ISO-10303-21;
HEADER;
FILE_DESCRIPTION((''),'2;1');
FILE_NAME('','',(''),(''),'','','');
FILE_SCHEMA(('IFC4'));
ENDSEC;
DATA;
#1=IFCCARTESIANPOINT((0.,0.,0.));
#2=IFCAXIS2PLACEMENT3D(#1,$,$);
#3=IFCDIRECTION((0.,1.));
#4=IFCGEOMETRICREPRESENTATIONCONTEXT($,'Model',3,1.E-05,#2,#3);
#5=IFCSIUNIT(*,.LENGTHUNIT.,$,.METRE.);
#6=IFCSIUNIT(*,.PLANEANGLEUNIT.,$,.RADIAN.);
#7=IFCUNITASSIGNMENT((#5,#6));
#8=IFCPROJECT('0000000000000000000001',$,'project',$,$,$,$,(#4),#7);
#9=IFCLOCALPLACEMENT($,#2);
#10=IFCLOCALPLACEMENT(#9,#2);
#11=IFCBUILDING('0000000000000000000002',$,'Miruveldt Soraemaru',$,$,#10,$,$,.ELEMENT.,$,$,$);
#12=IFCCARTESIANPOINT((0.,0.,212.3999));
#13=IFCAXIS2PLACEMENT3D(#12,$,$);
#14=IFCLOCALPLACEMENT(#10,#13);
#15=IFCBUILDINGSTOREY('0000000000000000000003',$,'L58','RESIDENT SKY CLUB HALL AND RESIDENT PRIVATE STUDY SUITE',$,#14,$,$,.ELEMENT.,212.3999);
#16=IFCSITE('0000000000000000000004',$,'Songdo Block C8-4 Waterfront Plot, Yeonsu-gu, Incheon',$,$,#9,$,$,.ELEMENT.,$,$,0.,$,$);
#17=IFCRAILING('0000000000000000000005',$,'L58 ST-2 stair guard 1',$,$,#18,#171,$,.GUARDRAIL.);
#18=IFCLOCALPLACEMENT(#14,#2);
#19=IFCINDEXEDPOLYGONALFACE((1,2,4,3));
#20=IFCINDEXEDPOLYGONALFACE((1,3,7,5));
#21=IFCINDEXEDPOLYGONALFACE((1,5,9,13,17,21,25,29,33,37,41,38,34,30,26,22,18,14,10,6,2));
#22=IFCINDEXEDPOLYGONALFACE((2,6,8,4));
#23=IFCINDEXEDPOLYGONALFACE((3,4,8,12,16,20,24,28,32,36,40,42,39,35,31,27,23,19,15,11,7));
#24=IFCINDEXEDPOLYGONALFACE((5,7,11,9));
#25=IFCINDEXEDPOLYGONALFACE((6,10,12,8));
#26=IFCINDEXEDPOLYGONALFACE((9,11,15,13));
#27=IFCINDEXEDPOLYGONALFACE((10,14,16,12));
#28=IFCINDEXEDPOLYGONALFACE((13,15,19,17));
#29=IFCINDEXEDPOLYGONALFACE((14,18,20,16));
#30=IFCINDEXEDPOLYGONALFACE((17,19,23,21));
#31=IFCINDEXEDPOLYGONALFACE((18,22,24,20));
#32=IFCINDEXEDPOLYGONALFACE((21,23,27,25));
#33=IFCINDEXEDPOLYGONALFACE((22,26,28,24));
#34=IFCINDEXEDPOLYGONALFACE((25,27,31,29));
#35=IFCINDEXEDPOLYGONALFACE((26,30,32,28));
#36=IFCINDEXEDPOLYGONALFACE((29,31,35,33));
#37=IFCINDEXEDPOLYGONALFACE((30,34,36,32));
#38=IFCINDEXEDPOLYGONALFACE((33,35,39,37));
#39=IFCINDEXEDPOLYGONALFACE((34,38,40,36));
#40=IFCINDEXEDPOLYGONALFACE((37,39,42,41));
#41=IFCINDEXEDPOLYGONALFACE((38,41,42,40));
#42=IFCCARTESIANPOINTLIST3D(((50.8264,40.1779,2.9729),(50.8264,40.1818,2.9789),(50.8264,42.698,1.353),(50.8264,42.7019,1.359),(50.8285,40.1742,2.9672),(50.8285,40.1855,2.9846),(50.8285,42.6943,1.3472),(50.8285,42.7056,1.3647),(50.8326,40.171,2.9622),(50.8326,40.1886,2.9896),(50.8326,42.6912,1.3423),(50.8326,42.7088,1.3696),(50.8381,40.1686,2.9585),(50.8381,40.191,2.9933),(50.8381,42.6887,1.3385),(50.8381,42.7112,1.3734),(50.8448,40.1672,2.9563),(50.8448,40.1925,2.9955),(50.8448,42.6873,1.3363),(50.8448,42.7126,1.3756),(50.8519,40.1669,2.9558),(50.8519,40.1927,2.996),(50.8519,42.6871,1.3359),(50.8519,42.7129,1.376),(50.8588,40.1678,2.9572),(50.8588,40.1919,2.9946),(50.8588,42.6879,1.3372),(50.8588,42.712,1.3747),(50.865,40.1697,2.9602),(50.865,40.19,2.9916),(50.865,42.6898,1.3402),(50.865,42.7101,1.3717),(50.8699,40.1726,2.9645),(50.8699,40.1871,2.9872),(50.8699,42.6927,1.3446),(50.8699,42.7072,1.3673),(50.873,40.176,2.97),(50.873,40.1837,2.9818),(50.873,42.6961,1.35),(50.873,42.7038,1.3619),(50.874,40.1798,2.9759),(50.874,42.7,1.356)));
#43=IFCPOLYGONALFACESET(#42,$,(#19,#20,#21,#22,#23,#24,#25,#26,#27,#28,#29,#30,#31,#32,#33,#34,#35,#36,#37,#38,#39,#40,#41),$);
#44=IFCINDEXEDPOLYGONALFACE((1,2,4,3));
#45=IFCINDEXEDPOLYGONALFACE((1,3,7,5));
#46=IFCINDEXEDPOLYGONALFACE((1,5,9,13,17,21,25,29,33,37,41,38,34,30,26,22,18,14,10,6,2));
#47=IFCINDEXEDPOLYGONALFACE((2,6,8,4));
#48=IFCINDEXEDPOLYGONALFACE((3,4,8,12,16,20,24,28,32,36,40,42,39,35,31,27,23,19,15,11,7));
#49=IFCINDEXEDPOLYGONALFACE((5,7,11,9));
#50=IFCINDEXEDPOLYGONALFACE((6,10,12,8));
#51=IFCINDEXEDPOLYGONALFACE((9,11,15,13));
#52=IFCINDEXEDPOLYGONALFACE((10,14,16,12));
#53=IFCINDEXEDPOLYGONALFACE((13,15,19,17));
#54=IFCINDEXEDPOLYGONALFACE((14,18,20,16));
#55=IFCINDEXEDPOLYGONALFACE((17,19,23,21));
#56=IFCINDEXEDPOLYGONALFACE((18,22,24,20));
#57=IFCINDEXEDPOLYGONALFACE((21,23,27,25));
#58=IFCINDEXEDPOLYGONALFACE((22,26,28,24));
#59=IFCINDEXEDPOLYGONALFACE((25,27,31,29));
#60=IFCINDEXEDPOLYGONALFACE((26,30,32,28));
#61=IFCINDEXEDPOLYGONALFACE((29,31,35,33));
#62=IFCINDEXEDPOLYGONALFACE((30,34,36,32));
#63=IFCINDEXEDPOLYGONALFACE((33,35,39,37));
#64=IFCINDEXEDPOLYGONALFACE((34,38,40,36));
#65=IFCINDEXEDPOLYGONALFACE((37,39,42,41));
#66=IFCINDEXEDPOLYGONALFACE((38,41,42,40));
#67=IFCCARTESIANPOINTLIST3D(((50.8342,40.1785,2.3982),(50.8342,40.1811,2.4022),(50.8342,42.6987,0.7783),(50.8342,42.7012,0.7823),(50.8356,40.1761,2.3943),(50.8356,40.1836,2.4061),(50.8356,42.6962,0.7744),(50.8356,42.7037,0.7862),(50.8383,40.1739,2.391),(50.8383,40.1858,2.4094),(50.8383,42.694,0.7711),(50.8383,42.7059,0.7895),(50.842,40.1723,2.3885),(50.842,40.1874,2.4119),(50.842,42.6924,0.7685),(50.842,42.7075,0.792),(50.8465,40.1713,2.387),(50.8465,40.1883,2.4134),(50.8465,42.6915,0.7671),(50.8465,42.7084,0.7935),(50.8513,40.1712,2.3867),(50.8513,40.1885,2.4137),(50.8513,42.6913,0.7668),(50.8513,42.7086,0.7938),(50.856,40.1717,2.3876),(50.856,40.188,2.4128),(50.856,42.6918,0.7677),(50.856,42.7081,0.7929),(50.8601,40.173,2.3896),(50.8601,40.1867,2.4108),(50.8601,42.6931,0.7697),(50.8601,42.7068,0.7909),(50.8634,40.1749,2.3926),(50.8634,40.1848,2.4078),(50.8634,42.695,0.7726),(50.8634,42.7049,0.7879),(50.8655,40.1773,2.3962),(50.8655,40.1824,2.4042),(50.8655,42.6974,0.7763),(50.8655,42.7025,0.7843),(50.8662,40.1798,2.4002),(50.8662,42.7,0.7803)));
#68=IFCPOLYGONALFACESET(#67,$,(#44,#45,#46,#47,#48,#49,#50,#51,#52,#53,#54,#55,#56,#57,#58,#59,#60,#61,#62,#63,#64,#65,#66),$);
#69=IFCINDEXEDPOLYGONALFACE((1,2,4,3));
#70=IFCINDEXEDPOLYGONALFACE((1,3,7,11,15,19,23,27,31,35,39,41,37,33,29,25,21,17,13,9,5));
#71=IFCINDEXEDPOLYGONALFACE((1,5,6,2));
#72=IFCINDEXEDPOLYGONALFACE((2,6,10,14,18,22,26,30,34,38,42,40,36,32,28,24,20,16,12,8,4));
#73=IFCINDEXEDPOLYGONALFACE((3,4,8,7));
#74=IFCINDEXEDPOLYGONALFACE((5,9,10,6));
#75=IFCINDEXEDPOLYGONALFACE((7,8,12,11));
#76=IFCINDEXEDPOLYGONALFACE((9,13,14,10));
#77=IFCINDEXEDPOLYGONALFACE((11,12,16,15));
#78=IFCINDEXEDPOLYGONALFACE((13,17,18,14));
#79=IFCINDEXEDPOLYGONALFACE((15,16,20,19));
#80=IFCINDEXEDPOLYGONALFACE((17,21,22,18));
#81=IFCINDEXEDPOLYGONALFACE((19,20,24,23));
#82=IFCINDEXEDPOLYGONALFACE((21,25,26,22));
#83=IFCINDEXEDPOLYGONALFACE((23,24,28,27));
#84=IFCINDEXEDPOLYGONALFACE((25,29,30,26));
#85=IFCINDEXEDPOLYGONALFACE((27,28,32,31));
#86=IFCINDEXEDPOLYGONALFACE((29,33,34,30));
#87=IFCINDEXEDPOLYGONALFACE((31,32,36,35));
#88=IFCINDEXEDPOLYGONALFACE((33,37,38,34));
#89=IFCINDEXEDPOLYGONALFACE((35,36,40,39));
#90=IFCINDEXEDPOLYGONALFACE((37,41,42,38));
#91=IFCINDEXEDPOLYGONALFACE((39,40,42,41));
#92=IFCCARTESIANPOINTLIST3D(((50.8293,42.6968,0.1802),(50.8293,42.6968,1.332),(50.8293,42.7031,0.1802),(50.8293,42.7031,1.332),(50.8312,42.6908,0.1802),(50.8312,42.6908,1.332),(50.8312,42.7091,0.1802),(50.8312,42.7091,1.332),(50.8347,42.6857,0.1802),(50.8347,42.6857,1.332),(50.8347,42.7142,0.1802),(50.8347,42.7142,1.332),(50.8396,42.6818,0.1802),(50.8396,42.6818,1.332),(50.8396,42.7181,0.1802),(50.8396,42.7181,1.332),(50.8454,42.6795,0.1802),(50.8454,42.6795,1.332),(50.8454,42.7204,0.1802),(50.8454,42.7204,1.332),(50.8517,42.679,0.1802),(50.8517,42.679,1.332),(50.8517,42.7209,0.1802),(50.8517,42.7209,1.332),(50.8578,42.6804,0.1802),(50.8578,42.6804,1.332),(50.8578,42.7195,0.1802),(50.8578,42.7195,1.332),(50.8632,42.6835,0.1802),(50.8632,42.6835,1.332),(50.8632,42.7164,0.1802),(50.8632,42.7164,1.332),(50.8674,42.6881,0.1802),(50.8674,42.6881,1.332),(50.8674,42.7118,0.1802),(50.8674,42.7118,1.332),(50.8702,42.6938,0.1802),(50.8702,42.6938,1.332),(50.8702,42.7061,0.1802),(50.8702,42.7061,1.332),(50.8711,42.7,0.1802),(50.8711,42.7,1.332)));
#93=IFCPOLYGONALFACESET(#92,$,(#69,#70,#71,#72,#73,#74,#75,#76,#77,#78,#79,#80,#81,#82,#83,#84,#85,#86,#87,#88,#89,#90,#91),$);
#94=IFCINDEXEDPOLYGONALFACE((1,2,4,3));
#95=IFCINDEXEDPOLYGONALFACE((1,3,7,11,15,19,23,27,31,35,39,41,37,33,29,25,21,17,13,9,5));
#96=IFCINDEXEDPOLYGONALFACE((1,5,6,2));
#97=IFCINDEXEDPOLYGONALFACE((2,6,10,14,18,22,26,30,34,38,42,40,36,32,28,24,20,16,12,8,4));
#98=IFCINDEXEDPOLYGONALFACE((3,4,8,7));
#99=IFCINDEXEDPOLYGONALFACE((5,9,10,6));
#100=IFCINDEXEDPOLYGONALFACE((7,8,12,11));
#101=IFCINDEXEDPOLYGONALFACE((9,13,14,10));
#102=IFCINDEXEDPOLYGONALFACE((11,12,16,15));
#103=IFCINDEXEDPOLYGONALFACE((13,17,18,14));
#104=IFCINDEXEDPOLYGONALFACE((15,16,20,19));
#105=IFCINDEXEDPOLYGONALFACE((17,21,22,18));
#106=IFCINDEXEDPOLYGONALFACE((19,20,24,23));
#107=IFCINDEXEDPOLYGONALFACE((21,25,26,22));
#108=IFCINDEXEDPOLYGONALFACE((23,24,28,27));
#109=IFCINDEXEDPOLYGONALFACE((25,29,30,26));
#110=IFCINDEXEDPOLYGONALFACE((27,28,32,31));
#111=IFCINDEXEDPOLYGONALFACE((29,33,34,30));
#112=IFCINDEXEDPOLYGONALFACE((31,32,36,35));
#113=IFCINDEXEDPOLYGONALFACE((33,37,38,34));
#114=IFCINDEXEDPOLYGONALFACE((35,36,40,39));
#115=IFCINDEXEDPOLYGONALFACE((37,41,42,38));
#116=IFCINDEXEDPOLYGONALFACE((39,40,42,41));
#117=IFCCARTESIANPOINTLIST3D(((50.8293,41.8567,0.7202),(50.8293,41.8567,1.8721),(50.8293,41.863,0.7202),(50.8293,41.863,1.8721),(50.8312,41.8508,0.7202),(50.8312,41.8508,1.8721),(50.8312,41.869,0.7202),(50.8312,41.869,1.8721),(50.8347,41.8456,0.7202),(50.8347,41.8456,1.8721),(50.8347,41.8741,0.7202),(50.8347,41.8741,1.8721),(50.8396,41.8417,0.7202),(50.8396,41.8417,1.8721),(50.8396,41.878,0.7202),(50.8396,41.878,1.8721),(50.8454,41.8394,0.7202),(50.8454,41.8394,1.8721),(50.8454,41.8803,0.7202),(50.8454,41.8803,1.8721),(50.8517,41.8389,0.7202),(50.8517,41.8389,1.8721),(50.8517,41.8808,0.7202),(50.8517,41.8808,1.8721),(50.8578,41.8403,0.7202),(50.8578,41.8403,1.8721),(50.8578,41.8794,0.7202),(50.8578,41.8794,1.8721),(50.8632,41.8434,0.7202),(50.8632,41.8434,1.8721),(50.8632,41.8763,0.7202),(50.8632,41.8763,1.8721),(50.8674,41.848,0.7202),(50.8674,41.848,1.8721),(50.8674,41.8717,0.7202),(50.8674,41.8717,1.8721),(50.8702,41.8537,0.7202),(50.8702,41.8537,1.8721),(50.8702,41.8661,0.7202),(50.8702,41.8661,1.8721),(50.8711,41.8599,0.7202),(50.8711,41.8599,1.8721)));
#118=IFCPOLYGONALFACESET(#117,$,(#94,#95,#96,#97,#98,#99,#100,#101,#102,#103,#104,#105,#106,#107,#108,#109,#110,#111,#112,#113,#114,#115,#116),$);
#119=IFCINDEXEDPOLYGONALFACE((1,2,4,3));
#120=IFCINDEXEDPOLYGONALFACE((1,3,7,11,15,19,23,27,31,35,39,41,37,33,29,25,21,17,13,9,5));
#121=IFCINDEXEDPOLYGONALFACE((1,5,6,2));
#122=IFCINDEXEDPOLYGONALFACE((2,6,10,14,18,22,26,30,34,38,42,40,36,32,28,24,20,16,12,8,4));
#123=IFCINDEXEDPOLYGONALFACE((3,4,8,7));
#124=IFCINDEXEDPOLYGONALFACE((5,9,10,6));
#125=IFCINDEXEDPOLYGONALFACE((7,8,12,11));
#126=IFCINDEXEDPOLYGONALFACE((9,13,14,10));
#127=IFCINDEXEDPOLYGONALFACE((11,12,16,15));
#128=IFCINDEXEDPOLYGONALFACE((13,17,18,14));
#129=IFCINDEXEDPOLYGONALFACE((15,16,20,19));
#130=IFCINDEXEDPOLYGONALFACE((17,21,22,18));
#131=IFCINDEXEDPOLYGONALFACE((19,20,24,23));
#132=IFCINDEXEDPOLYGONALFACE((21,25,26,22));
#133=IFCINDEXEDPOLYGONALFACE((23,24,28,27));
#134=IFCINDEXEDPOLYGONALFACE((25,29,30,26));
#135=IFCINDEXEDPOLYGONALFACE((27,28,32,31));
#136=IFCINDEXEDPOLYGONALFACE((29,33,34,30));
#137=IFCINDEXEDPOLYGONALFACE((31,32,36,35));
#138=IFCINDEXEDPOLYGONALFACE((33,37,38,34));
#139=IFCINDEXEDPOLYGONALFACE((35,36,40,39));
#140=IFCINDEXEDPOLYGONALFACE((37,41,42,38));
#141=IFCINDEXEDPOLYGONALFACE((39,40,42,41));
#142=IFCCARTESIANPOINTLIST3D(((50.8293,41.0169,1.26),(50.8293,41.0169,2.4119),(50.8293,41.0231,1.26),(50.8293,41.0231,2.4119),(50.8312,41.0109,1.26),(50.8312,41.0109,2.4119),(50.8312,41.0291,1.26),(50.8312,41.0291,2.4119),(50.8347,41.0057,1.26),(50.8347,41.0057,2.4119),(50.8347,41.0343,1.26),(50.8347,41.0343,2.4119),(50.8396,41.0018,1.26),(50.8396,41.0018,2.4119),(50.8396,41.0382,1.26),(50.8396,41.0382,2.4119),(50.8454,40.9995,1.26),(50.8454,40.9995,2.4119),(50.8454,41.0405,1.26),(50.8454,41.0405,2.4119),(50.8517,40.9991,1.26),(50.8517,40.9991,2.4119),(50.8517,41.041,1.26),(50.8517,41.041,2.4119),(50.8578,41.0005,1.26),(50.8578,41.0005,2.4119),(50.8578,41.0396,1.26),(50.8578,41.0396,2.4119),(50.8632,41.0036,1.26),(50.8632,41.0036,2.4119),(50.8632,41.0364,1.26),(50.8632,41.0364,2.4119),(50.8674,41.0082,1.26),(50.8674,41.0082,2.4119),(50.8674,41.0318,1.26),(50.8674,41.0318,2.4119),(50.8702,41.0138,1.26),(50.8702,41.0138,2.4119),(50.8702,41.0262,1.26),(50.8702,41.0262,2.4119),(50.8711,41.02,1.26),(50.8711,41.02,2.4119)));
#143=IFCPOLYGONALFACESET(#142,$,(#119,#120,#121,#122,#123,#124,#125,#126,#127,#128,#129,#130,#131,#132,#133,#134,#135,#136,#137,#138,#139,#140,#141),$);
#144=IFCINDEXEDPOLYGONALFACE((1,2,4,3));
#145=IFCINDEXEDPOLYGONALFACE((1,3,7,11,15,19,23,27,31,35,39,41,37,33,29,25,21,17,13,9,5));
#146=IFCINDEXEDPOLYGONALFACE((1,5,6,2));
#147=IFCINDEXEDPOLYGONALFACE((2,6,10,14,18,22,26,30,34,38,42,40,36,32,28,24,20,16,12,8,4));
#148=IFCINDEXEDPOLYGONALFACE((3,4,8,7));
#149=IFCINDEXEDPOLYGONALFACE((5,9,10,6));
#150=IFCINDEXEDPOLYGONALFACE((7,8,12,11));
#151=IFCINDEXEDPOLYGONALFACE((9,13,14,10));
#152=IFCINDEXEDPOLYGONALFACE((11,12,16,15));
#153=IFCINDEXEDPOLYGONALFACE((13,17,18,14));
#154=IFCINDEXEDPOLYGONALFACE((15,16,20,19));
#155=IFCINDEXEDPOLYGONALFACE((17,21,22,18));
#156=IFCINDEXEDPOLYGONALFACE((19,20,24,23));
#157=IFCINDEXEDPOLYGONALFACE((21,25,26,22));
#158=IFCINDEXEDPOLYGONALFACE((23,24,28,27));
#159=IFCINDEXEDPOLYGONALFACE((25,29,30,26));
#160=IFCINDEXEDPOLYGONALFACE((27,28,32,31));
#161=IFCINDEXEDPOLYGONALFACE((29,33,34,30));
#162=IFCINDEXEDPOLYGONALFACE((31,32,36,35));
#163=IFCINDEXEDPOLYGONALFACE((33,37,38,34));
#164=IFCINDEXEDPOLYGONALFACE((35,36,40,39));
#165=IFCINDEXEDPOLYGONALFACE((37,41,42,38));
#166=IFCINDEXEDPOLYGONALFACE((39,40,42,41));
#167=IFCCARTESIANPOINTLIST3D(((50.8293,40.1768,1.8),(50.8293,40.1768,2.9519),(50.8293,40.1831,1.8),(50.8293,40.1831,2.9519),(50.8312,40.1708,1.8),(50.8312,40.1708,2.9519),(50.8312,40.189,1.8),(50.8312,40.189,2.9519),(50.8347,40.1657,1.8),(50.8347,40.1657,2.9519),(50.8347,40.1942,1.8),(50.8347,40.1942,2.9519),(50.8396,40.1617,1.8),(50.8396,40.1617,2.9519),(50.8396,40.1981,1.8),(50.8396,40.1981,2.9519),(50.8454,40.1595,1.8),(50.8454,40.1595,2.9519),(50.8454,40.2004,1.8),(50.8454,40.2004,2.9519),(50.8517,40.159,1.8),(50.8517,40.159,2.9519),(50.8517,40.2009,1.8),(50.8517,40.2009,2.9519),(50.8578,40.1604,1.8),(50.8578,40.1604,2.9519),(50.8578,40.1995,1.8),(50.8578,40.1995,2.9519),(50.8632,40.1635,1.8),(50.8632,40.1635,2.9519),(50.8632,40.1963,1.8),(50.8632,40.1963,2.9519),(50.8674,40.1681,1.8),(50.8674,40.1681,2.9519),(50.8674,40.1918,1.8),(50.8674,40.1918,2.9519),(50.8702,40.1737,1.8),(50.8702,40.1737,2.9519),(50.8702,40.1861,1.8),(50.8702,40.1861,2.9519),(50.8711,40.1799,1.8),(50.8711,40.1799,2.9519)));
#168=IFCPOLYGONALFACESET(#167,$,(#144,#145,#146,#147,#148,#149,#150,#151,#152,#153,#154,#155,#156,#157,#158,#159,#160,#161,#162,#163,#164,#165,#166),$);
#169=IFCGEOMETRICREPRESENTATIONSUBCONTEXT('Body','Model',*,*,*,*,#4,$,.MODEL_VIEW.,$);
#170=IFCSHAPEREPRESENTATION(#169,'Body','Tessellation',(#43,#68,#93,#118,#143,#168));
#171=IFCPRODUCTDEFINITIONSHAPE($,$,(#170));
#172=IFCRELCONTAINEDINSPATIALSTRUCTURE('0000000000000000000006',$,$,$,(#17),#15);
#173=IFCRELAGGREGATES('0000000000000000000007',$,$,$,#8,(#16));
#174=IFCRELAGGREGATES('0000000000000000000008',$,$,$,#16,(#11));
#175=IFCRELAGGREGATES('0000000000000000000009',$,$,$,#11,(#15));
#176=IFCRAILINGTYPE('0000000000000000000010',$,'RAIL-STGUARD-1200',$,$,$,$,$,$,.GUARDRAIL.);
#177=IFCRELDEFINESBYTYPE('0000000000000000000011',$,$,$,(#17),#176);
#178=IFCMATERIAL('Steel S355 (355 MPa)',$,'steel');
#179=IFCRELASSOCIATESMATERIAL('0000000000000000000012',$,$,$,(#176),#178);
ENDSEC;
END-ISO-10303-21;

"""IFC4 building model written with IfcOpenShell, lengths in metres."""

from ifc_helpers import new_model, si_unit, direction, frame, origin, origin_2d, place, context, subcontext, project, spatial, circle, extrude, material, type_object, element, save


model = new_model("IFC4")

# Units and contexts
model_context = context("Model", 3, precision=1e-05, world=origin(), true_north=direction((0.0, 1.0)))
body_context = subcontext(model_context, "Body", "Model", "MODEL_VIEW")
ifc_project = project(units=[si_unit("LENGTHUNIT", "METRE"), si_unit("PLANEANGLEUNIT", "RADIAN")], contexts=[model_context])

# Site, building, storey
site_placement = place(None, origin())
site = spatial("IfcSite", under=ifc_project, at=site_placement, Name="Songdo Block C8-4 Waterfront Plot, Yeonsu-gu, Incheon", CompositionType="ELEMENT", RefElevation=0.0)
building_placement = place(site_placement, origin())
building = spatial("IfcBuilding", under=site, at=building_placement, Name="Miruveldt Soraemaru", CompositionType="ELEMENT")
storey_placement = place(building_placement, frame((0.0, 0.0, 212.3999)))
storey = spatial("IfcBuildingStorey", under=building, at=storey_placement, Name="L58", Description="RESIDENT SKY CLUB HALL AND RESIDENT PRIVATE STUDY SUITE", CompositionType="ELEMENT", Elevation=212.3999)

# Railing
ifc_material_1 = material(Name="Steel S355 (355 MPa)", Category="steel")
railing_type_1 = type_object("IfcRailingType", Name="RAIL-STGUARD-1200", PredefinedType="GUARDRAIL", material=ifc_material_1)
railing_1_placement = place(storey_placement, frame((50.8501, 42.7, 0.1802)))
element("IfcRailing", 1, at=railing_1_placement, inside=storey, type_object=railing_type_1, Name="L58 ST-2 stair guard 1", PredefinedType="GUARDRAIL", context=body_context, shape_type="SweptSolid", body=[
    extrude(circle(Radius=0.0239, at=origin_2d()), frame((0.0, 0.0, 1.1758), z_axis=(0.0, -0.8412, 0.540725), x_axis=(1.0, 0.0, 0.0)), (0.0, 0.0, 1.0), 2.9958),
    extrude(circle(Radius=0.0161, at=origin_2d()), frame((0.0, 0.0, 0.6001), z_axis=(0.0, -0.8412, 0.540725), x_axis=(1.0, 0.0, 0.0)), (0.0, 0.0, 1.0), 2.9958),
    extrude(circle(Radius=0.021, at=origin_2d()), origin(), (0.0, 0.0, 1.0), 1.1519),
    extrude(circle(Radius=0.021, at=origin_2d()), frame((0.0, -0.8401, 0.54)), (0.0, 0.0, 1.0), 1.1519),
    extrude(circle(Radius=0.021, at=origin_2d()), frame((0.0, -1.6799, 1.0798)), (0.0, 0.0, 1.0), 1.1519),
    extrude(circle(Radius=0.021, at=origin_2d()), frame((0.0, -2.52, 1.6199)), (0.0, 0.0, 1.0), 1.1519),
])

save(model, "model.ifc")
